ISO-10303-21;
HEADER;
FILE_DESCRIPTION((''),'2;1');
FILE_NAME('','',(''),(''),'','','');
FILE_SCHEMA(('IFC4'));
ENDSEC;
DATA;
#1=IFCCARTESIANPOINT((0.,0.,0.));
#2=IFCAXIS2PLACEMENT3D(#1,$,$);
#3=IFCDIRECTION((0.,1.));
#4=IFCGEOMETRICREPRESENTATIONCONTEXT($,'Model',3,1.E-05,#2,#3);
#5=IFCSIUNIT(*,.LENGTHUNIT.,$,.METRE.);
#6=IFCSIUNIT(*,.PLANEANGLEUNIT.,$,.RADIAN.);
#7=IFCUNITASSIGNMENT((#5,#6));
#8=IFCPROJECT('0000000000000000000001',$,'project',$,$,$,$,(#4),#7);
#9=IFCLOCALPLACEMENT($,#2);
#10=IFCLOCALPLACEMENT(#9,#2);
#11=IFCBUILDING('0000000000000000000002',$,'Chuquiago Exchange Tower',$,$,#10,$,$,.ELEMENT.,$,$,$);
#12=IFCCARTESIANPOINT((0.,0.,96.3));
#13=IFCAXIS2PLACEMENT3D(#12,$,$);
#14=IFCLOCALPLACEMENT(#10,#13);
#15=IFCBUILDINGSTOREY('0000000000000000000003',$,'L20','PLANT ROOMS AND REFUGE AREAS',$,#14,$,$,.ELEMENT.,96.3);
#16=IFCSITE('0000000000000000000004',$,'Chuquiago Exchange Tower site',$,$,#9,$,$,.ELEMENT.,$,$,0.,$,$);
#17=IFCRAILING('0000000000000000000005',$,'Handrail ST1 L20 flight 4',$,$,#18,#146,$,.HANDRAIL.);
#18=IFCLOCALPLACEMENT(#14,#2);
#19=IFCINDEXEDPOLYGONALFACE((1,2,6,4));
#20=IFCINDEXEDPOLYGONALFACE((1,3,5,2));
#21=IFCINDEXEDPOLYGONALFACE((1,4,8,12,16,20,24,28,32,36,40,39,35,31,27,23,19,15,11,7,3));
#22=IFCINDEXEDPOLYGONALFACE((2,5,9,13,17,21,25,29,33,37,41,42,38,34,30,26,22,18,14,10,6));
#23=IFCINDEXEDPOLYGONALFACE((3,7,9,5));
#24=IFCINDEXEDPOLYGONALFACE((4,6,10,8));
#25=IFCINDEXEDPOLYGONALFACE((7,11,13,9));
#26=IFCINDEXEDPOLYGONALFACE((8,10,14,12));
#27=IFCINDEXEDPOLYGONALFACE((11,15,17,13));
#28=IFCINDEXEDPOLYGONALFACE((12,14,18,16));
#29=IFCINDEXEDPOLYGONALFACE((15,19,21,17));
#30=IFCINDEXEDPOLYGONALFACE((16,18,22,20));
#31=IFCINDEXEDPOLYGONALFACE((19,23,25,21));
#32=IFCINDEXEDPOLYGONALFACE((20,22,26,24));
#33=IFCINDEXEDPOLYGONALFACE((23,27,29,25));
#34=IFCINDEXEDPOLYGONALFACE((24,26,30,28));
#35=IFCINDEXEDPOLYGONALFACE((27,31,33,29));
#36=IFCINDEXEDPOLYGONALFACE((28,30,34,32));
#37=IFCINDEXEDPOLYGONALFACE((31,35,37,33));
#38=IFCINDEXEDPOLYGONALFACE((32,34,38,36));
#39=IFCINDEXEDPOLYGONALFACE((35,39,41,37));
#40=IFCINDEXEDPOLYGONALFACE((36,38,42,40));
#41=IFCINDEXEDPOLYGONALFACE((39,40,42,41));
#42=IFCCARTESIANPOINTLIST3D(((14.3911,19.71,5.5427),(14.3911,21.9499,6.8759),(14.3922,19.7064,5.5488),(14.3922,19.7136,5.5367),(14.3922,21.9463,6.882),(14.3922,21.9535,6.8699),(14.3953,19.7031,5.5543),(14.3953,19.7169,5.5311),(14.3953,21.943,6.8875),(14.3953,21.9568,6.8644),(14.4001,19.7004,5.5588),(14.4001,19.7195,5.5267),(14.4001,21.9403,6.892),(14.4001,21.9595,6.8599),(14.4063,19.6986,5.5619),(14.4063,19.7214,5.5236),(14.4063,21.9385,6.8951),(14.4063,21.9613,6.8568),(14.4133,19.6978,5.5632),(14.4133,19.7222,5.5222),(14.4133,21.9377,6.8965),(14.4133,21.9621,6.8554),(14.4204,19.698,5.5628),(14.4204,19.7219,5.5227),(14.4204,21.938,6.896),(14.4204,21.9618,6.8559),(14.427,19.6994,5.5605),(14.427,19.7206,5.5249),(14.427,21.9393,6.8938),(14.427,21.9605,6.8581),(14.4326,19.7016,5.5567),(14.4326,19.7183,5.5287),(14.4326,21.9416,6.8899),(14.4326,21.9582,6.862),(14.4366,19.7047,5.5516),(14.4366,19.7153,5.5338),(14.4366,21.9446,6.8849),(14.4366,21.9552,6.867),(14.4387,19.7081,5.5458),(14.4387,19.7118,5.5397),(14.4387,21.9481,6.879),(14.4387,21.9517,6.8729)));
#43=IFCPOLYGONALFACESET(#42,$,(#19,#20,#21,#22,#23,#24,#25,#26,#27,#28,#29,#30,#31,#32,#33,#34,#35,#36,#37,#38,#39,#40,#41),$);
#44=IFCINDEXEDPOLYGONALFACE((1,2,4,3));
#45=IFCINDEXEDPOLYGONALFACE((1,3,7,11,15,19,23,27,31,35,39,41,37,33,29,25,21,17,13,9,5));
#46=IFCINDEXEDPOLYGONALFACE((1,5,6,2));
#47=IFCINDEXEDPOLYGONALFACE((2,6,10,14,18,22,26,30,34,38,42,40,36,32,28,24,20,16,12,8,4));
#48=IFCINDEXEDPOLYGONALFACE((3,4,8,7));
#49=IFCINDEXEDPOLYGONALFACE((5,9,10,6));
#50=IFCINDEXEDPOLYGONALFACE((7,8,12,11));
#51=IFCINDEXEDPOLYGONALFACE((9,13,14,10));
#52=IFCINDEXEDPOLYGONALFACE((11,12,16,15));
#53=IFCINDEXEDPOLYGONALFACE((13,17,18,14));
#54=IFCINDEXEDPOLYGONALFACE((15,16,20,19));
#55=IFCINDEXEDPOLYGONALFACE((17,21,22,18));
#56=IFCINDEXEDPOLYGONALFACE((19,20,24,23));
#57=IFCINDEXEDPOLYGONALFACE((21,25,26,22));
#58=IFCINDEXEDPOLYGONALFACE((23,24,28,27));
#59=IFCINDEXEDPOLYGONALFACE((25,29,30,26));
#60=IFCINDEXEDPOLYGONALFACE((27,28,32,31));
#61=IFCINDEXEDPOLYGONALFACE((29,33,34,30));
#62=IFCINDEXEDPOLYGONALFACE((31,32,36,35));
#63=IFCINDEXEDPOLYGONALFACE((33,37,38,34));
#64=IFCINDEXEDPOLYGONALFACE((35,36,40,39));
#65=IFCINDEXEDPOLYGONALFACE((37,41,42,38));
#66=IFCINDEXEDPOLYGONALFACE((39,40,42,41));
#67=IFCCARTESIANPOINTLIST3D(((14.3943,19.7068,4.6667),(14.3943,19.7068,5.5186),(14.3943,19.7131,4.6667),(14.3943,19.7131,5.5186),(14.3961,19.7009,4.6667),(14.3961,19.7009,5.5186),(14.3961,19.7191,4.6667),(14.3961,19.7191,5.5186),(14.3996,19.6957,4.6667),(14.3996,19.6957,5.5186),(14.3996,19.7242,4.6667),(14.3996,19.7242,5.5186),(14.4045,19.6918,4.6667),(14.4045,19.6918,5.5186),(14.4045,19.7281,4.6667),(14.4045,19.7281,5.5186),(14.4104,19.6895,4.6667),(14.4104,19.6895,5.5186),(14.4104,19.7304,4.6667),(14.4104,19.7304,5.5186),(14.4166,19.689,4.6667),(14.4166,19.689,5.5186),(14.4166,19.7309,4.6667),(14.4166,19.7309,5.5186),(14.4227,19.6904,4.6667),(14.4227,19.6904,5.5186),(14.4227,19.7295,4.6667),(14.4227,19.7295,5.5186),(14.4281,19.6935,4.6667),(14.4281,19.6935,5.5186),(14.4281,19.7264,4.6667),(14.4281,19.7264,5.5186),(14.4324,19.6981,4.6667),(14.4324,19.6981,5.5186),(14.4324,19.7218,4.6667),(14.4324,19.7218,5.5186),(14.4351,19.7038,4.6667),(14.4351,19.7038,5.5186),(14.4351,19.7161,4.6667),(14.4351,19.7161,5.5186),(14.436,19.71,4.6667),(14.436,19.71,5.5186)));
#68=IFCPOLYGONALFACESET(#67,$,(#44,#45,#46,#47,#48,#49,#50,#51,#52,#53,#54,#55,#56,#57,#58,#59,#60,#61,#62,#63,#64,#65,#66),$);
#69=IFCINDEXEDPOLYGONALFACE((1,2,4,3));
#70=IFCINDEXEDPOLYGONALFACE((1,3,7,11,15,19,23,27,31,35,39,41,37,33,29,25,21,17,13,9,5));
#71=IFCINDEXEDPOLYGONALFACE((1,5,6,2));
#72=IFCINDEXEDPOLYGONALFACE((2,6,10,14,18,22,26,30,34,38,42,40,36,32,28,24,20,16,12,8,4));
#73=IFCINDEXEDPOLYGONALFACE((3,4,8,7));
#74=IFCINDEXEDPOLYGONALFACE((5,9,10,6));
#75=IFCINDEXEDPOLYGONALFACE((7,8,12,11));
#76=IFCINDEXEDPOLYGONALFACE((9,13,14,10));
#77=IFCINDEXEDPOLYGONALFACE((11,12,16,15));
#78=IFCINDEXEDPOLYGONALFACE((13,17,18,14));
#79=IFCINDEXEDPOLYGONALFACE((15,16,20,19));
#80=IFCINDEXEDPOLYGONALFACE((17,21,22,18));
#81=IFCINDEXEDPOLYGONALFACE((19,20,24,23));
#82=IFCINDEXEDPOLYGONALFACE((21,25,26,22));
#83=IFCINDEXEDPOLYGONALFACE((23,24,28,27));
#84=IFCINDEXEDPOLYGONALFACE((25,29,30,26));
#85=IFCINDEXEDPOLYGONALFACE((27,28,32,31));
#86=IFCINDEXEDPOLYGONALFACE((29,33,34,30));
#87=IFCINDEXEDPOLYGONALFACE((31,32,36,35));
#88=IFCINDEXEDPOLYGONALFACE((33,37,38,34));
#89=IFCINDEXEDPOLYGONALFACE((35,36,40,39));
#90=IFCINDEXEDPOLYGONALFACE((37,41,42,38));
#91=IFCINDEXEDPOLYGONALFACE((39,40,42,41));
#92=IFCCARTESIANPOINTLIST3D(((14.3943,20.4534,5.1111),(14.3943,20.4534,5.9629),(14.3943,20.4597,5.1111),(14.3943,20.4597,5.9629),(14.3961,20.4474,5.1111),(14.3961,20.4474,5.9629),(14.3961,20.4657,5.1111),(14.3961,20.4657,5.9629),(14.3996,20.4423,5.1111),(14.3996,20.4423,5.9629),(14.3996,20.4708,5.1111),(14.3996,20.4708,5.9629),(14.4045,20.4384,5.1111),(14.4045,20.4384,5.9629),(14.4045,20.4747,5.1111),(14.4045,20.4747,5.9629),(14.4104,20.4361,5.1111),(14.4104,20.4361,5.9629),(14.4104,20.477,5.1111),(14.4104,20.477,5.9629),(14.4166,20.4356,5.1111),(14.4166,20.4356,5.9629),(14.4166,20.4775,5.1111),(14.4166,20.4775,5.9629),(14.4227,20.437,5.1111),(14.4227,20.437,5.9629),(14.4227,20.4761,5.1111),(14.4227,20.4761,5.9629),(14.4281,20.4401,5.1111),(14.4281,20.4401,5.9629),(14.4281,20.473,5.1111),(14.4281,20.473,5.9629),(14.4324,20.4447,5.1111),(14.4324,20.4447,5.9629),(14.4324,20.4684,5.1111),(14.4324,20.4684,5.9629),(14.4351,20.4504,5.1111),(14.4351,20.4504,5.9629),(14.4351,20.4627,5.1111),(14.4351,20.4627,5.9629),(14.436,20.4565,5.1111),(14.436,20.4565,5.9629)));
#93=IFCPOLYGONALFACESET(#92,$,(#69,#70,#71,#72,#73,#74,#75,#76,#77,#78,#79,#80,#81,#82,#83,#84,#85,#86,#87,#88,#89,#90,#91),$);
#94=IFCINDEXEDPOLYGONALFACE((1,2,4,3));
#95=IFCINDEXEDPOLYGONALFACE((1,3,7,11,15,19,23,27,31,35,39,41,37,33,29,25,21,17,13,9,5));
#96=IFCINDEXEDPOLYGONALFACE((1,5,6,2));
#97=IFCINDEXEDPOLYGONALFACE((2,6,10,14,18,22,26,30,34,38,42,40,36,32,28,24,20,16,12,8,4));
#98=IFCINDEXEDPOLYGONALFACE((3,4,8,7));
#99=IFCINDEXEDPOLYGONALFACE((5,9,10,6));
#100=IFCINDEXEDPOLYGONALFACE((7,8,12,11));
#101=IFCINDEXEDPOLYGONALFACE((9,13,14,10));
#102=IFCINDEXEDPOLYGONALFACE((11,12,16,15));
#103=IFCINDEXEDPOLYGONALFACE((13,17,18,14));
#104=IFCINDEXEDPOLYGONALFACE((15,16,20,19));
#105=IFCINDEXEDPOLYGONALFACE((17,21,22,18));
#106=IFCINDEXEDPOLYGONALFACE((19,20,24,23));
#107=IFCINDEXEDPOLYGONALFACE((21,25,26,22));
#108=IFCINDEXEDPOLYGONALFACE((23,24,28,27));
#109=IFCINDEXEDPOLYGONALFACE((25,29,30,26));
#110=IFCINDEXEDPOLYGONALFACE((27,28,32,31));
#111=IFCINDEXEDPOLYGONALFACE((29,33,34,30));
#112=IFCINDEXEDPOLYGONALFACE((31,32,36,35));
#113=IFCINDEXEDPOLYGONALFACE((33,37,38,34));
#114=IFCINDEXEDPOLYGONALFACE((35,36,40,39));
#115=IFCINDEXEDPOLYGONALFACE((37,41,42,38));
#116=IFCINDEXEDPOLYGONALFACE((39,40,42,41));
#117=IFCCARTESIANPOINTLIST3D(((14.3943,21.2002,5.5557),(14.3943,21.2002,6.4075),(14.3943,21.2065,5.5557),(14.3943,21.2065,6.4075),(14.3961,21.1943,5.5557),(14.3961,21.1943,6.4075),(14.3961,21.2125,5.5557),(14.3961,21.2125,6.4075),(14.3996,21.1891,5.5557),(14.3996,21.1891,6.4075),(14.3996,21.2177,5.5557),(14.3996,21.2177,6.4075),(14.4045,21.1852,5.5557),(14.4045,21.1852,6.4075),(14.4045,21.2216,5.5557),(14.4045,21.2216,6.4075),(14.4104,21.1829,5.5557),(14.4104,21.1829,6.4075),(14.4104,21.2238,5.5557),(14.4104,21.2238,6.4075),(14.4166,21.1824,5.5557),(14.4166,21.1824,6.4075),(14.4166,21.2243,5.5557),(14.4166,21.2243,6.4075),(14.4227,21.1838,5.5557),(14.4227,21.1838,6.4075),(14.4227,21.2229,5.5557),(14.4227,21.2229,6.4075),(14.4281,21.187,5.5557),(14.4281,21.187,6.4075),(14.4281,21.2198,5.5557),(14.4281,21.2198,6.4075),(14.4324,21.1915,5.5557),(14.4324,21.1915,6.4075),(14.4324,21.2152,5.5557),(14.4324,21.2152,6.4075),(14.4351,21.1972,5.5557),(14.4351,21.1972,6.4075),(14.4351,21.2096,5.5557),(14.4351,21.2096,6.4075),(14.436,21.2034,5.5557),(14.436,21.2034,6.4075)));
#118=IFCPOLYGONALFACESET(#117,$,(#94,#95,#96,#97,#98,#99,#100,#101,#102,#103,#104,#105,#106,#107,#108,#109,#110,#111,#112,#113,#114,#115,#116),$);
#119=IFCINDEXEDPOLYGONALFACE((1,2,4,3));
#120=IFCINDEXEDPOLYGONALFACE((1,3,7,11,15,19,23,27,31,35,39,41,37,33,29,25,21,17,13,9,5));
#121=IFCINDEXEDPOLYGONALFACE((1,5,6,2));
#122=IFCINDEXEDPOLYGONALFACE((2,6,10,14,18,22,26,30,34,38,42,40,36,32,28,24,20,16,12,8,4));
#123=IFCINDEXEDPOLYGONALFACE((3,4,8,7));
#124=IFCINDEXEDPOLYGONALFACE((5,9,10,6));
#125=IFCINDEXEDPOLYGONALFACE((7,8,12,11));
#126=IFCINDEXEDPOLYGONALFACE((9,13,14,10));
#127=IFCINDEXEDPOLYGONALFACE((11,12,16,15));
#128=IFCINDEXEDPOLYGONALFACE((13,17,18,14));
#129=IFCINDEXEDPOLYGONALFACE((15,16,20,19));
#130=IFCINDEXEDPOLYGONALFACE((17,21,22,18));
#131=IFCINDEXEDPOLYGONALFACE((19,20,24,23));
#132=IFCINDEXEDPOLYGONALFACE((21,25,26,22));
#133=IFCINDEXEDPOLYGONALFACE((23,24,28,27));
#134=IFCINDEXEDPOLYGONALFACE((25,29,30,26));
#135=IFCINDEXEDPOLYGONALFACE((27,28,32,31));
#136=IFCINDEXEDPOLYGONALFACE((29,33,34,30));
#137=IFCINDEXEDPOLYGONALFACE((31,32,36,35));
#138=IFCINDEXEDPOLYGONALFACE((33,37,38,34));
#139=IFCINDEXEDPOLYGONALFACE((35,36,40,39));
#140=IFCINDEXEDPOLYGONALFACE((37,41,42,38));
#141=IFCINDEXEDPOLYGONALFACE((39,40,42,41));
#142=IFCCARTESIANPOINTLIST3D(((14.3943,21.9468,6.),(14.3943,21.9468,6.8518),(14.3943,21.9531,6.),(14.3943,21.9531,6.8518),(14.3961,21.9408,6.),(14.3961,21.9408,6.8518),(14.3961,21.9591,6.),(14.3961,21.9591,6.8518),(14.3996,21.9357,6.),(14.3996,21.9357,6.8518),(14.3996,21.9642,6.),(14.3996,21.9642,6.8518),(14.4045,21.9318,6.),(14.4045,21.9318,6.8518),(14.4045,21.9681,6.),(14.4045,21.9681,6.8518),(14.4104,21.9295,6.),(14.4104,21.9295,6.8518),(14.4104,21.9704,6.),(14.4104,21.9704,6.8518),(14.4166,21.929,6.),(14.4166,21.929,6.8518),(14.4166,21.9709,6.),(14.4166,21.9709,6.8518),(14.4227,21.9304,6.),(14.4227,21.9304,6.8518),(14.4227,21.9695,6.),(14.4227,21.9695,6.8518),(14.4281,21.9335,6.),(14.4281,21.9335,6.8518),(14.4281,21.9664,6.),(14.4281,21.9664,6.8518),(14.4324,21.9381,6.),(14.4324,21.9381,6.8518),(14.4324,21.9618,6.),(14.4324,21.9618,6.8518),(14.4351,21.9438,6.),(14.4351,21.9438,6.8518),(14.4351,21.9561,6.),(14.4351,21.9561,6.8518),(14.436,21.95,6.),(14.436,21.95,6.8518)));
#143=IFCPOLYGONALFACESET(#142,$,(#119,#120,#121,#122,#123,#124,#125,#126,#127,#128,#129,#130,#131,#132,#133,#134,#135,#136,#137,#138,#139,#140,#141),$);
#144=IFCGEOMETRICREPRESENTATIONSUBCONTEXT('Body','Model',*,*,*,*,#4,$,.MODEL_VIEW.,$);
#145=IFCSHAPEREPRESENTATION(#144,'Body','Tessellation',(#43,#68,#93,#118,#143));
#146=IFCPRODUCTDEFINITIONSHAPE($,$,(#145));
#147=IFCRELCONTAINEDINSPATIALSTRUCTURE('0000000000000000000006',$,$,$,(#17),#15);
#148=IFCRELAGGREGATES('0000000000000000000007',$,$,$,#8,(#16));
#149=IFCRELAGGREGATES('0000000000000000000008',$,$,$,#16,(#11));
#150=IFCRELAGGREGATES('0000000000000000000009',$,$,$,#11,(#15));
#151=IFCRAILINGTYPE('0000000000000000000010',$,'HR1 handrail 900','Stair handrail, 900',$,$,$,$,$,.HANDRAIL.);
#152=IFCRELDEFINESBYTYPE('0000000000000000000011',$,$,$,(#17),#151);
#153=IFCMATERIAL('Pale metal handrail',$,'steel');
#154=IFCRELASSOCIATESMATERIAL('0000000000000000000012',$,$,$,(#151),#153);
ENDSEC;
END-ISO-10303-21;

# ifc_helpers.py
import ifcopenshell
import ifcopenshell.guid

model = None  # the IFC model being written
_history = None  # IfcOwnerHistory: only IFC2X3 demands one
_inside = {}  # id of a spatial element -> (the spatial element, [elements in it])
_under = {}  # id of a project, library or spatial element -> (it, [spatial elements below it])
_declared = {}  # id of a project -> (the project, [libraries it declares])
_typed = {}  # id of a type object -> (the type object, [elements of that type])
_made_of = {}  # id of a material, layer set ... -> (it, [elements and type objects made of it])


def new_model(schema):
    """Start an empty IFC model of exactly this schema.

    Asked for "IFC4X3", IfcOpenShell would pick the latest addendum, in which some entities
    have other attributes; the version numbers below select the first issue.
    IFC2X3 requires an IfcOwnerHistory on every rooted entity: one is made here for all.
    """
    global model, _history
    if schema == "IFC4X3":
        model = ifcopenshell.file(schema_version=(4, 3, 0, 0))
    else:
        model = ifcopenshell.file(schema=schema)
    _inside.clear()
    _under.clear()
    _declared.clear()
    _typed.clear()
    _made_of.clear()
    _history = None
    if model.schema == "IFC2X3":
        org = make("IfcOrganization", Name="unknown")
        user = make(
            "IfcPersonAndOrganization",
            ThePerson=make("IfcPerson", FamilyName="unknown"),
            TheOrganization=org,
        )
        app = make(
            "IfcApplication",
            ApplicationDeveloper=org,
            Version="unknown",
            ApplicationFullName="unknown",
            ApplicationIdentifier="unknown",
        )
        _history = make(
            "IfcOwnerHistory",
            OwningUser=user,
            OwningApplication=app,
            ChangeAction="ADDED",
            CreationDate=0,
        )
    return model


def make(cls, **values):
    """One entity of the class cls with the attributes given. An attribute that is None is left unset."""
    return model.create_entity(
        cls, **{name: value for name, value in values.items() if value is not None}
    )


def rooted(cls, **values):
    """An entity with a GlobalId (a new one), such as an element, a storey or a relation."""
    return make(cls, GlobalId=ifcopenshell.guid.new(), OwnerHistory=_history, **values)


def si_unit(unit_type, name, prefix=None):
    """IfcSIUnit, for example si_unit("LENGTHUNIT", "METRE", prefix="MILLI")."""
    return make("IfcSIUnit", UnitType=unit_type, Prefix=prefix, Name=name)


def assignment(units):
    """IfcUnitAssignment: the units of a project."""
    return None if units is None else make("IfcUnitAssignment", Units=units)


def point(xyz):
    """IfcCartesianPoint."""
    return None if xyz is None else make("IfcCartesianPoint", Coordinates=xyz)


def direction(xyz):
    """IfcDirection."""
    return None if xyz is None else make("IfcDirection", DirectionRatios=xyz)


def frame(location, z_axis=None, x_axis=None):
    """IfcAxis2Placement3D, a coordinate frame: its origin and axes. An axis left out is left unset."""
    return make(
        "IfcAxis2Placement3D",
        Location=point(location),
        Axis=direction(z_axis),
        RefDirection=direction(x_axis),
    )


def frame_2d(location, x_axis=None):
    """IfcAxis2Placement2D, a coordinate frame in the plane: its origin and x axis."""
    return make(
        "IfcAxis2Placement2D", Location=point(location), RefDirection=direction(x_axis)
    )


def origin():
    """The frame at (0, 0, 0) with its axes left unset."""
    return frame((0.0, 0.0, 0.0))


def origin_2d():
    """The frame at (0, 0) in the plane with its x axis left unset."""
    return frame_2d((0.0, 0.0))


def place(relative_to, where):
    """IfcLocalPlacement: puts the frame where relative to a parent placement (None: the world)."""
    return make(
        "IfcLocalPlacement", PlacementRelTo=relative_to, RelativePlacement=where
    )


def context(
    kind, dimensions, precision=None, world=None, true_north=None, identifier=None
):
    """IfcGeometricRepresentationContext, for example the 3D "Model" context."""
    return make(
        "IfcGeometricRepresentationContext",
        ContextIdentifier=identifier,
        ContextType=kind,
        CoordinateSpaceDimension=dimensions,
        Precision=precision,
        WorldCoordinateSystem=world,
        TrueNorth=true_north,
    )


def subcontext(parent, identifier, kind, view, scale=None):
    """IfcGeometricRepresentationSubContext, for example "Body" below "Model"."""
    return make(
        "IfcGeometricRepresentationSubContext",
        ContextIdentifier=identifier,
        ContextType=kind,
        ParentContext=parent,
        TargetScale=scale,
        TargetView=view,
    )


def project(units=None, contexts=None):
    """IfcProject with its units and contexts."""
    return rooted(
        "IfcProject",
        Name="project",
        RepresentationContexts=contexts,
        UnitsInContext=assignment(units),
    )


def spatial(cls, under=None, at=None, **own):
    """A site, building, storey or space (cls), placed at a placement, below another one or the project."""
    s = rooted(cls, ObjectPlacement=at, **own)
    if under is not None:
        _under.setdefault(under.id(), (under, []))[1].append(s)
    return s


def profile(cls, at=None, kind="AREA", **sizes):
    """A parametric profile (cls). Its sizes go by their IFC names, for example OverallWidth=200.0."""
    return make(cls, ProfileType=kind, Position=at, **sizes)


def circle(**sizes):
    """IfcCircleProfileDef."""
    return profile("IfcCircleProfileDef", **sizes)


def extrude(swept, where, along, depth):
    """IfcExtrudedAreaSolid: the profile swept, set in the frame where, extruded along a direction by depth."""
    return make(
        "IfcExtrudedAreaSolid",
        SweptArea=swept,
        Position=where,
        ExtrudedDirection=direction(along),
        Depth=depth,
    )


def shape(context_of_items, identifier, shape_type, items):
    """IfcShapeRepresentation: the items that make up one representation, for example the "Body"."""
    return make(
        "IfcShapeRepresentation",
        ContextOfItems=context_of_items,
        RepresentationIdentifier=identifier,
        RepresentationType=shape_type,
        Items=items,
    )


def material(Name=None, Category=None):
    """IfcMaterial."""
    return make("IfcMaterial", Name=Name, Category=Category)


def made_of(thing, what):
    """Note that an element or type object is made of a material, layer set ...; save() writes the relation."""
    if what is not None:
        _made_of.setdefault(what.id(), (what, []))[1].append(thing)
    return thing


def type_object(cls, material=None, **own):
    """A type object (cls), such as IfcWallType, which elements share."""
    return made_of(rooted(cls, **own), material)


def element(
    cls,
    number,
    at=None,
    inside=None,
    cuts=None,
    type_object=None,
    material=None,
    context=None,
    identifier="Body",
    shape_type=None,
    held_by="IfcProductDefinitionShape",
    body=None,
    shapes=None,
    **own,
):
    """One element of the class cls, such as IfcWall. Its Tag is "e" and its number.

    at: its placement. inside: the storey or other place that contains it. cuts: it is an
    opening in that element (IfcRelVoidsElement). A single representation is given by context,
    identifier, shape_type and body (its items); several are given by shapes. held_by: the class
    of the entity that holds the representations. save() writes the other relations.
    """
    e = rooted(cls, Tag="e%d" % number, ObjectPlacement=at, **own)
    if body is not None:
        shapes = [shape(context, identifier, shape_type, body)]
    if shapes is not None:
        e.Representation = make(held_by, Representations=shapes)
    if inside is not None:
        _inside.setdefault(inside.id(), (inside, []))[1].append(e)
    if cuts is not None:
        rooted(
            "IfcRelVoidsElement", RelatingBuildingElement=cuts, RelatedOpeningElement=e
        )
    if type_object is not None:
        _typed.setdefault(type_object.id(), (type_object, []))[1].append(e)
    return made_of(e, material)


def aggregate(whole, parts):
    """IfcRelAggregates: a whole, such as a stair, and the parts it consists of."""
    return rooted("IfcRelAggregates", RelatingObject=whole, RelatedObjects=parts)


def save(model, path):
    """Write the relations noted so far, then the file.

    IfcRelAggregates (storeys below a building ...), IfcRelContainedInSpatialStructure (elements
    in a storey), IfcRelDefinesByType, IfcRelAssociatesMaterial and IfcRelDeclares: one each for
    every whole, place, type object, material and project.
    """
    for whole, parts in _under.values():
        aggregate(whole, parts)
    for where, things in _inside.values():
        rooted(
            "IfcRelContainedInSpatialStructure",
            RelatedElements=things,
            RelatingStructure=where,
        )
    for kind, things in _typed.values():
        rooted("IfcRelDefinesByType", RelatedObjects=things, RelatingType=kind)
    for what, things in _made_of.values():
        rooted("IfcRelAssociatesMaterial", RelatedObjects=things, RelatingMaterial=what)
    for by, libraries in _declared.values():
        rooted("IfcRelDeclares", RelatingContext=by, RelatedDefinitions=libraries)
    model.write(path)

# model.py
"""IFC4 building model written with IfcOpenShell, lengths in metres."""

from ifc_helpers import new_model, si_unit, direction, frame, origin, origin_2d, place, context, subcontext, project, spatial, circle, extrude, material, type_object, element, save


model = new_model("IFC4")

# Units and contexts
model_context = context("Model", 3, precision=1e-05, world=origin(), true_north=direction((0.0, 1.0)))
body_context = subcontext(model_context, "Body", "Model", "MODEL_VIEW")
ifc_project = project(units=[si_unit("LENGTHUNIT", "METRE"), si_unit("PLANEANGLEUNIT", "RADIAN")], contexts=[model_context])

# Site, building, storey
site_placement = place(None, origin())
site = spatial("IfcSite", under=ifc_project, at=site_placement, Name="Chuquiago Exchange Tower site", CompositionType="ELEMENT", RefElevation=0.0)
building_placement = place(site_placement, origin())
building = spatial("IfcBuilding", under=site, at=building_placement, Name="Chuquiago Exchange Tower", CompositionType="ELEMENT")
storey_placement = place(building_placement, frame((0.0, 0.0, 96.3)))
storey = spatial("IfcBuildingStorey", under=building, at=storey_placement, Name="L20", Description="PLANT ROOMS AND REFUGE AREAS", CompositionType="ELEMENT", Elevation=96.3)

# Railing
ifc_material_1 = material(Name="Pale metal handrail", Category="steel")
railing_type_1 = type_object("IfcRailingType", Name="HR1 handrail 900", Description="Stair handrail, 900", PredefinedType="HANDRAIL", material=ifc_material_1)
for number, where, name in (
    (1, (14.415, 19.71, 4.6667), "Handrail ST1 L20 flight 4"),
):
    element("IfcRailing", number, at=place(storey_placement, frame(where)), inside=storey, type_object=railing_type_1, Name=name, PredefinedType="HANDRAIL", context=body_context, shape_type="SweptSolid", body=[
        extrude(circle(Radius=0.0239, at=origin_2d()), frame((0.0, 0.0, 0.876), z_axis=(0.0, 0.859306, 0.511462), x_axis=(-1.0, 0.0, 0.0)), (0.0, 0.0, 1.0), 2.6067),
        extrude(circle(Radius=0.021, at=origin_2d()), origin(), (0.0, 0.0, 1.0), 0.8518),
        extrude(circle(Radius=0.021, at=origin_2d()), frame((0.0, 0.7466, 0.4443)), (0.0, 0.0, 1.0), 0.8518),
        extrude(circle(Radius=0.021, at=origin_2d()), frame((0.0, 1.4934, 0.8889)), (0.0, 0.0, 1.0), 0.8518),
        extrude(circle(Radius=0.021, at=origin_2d()), frame((0.0, 2.24, 1.3333)), (0.0, 0.0, 1.0), 0.8518),
    ])

save(model, "model.ifc")
